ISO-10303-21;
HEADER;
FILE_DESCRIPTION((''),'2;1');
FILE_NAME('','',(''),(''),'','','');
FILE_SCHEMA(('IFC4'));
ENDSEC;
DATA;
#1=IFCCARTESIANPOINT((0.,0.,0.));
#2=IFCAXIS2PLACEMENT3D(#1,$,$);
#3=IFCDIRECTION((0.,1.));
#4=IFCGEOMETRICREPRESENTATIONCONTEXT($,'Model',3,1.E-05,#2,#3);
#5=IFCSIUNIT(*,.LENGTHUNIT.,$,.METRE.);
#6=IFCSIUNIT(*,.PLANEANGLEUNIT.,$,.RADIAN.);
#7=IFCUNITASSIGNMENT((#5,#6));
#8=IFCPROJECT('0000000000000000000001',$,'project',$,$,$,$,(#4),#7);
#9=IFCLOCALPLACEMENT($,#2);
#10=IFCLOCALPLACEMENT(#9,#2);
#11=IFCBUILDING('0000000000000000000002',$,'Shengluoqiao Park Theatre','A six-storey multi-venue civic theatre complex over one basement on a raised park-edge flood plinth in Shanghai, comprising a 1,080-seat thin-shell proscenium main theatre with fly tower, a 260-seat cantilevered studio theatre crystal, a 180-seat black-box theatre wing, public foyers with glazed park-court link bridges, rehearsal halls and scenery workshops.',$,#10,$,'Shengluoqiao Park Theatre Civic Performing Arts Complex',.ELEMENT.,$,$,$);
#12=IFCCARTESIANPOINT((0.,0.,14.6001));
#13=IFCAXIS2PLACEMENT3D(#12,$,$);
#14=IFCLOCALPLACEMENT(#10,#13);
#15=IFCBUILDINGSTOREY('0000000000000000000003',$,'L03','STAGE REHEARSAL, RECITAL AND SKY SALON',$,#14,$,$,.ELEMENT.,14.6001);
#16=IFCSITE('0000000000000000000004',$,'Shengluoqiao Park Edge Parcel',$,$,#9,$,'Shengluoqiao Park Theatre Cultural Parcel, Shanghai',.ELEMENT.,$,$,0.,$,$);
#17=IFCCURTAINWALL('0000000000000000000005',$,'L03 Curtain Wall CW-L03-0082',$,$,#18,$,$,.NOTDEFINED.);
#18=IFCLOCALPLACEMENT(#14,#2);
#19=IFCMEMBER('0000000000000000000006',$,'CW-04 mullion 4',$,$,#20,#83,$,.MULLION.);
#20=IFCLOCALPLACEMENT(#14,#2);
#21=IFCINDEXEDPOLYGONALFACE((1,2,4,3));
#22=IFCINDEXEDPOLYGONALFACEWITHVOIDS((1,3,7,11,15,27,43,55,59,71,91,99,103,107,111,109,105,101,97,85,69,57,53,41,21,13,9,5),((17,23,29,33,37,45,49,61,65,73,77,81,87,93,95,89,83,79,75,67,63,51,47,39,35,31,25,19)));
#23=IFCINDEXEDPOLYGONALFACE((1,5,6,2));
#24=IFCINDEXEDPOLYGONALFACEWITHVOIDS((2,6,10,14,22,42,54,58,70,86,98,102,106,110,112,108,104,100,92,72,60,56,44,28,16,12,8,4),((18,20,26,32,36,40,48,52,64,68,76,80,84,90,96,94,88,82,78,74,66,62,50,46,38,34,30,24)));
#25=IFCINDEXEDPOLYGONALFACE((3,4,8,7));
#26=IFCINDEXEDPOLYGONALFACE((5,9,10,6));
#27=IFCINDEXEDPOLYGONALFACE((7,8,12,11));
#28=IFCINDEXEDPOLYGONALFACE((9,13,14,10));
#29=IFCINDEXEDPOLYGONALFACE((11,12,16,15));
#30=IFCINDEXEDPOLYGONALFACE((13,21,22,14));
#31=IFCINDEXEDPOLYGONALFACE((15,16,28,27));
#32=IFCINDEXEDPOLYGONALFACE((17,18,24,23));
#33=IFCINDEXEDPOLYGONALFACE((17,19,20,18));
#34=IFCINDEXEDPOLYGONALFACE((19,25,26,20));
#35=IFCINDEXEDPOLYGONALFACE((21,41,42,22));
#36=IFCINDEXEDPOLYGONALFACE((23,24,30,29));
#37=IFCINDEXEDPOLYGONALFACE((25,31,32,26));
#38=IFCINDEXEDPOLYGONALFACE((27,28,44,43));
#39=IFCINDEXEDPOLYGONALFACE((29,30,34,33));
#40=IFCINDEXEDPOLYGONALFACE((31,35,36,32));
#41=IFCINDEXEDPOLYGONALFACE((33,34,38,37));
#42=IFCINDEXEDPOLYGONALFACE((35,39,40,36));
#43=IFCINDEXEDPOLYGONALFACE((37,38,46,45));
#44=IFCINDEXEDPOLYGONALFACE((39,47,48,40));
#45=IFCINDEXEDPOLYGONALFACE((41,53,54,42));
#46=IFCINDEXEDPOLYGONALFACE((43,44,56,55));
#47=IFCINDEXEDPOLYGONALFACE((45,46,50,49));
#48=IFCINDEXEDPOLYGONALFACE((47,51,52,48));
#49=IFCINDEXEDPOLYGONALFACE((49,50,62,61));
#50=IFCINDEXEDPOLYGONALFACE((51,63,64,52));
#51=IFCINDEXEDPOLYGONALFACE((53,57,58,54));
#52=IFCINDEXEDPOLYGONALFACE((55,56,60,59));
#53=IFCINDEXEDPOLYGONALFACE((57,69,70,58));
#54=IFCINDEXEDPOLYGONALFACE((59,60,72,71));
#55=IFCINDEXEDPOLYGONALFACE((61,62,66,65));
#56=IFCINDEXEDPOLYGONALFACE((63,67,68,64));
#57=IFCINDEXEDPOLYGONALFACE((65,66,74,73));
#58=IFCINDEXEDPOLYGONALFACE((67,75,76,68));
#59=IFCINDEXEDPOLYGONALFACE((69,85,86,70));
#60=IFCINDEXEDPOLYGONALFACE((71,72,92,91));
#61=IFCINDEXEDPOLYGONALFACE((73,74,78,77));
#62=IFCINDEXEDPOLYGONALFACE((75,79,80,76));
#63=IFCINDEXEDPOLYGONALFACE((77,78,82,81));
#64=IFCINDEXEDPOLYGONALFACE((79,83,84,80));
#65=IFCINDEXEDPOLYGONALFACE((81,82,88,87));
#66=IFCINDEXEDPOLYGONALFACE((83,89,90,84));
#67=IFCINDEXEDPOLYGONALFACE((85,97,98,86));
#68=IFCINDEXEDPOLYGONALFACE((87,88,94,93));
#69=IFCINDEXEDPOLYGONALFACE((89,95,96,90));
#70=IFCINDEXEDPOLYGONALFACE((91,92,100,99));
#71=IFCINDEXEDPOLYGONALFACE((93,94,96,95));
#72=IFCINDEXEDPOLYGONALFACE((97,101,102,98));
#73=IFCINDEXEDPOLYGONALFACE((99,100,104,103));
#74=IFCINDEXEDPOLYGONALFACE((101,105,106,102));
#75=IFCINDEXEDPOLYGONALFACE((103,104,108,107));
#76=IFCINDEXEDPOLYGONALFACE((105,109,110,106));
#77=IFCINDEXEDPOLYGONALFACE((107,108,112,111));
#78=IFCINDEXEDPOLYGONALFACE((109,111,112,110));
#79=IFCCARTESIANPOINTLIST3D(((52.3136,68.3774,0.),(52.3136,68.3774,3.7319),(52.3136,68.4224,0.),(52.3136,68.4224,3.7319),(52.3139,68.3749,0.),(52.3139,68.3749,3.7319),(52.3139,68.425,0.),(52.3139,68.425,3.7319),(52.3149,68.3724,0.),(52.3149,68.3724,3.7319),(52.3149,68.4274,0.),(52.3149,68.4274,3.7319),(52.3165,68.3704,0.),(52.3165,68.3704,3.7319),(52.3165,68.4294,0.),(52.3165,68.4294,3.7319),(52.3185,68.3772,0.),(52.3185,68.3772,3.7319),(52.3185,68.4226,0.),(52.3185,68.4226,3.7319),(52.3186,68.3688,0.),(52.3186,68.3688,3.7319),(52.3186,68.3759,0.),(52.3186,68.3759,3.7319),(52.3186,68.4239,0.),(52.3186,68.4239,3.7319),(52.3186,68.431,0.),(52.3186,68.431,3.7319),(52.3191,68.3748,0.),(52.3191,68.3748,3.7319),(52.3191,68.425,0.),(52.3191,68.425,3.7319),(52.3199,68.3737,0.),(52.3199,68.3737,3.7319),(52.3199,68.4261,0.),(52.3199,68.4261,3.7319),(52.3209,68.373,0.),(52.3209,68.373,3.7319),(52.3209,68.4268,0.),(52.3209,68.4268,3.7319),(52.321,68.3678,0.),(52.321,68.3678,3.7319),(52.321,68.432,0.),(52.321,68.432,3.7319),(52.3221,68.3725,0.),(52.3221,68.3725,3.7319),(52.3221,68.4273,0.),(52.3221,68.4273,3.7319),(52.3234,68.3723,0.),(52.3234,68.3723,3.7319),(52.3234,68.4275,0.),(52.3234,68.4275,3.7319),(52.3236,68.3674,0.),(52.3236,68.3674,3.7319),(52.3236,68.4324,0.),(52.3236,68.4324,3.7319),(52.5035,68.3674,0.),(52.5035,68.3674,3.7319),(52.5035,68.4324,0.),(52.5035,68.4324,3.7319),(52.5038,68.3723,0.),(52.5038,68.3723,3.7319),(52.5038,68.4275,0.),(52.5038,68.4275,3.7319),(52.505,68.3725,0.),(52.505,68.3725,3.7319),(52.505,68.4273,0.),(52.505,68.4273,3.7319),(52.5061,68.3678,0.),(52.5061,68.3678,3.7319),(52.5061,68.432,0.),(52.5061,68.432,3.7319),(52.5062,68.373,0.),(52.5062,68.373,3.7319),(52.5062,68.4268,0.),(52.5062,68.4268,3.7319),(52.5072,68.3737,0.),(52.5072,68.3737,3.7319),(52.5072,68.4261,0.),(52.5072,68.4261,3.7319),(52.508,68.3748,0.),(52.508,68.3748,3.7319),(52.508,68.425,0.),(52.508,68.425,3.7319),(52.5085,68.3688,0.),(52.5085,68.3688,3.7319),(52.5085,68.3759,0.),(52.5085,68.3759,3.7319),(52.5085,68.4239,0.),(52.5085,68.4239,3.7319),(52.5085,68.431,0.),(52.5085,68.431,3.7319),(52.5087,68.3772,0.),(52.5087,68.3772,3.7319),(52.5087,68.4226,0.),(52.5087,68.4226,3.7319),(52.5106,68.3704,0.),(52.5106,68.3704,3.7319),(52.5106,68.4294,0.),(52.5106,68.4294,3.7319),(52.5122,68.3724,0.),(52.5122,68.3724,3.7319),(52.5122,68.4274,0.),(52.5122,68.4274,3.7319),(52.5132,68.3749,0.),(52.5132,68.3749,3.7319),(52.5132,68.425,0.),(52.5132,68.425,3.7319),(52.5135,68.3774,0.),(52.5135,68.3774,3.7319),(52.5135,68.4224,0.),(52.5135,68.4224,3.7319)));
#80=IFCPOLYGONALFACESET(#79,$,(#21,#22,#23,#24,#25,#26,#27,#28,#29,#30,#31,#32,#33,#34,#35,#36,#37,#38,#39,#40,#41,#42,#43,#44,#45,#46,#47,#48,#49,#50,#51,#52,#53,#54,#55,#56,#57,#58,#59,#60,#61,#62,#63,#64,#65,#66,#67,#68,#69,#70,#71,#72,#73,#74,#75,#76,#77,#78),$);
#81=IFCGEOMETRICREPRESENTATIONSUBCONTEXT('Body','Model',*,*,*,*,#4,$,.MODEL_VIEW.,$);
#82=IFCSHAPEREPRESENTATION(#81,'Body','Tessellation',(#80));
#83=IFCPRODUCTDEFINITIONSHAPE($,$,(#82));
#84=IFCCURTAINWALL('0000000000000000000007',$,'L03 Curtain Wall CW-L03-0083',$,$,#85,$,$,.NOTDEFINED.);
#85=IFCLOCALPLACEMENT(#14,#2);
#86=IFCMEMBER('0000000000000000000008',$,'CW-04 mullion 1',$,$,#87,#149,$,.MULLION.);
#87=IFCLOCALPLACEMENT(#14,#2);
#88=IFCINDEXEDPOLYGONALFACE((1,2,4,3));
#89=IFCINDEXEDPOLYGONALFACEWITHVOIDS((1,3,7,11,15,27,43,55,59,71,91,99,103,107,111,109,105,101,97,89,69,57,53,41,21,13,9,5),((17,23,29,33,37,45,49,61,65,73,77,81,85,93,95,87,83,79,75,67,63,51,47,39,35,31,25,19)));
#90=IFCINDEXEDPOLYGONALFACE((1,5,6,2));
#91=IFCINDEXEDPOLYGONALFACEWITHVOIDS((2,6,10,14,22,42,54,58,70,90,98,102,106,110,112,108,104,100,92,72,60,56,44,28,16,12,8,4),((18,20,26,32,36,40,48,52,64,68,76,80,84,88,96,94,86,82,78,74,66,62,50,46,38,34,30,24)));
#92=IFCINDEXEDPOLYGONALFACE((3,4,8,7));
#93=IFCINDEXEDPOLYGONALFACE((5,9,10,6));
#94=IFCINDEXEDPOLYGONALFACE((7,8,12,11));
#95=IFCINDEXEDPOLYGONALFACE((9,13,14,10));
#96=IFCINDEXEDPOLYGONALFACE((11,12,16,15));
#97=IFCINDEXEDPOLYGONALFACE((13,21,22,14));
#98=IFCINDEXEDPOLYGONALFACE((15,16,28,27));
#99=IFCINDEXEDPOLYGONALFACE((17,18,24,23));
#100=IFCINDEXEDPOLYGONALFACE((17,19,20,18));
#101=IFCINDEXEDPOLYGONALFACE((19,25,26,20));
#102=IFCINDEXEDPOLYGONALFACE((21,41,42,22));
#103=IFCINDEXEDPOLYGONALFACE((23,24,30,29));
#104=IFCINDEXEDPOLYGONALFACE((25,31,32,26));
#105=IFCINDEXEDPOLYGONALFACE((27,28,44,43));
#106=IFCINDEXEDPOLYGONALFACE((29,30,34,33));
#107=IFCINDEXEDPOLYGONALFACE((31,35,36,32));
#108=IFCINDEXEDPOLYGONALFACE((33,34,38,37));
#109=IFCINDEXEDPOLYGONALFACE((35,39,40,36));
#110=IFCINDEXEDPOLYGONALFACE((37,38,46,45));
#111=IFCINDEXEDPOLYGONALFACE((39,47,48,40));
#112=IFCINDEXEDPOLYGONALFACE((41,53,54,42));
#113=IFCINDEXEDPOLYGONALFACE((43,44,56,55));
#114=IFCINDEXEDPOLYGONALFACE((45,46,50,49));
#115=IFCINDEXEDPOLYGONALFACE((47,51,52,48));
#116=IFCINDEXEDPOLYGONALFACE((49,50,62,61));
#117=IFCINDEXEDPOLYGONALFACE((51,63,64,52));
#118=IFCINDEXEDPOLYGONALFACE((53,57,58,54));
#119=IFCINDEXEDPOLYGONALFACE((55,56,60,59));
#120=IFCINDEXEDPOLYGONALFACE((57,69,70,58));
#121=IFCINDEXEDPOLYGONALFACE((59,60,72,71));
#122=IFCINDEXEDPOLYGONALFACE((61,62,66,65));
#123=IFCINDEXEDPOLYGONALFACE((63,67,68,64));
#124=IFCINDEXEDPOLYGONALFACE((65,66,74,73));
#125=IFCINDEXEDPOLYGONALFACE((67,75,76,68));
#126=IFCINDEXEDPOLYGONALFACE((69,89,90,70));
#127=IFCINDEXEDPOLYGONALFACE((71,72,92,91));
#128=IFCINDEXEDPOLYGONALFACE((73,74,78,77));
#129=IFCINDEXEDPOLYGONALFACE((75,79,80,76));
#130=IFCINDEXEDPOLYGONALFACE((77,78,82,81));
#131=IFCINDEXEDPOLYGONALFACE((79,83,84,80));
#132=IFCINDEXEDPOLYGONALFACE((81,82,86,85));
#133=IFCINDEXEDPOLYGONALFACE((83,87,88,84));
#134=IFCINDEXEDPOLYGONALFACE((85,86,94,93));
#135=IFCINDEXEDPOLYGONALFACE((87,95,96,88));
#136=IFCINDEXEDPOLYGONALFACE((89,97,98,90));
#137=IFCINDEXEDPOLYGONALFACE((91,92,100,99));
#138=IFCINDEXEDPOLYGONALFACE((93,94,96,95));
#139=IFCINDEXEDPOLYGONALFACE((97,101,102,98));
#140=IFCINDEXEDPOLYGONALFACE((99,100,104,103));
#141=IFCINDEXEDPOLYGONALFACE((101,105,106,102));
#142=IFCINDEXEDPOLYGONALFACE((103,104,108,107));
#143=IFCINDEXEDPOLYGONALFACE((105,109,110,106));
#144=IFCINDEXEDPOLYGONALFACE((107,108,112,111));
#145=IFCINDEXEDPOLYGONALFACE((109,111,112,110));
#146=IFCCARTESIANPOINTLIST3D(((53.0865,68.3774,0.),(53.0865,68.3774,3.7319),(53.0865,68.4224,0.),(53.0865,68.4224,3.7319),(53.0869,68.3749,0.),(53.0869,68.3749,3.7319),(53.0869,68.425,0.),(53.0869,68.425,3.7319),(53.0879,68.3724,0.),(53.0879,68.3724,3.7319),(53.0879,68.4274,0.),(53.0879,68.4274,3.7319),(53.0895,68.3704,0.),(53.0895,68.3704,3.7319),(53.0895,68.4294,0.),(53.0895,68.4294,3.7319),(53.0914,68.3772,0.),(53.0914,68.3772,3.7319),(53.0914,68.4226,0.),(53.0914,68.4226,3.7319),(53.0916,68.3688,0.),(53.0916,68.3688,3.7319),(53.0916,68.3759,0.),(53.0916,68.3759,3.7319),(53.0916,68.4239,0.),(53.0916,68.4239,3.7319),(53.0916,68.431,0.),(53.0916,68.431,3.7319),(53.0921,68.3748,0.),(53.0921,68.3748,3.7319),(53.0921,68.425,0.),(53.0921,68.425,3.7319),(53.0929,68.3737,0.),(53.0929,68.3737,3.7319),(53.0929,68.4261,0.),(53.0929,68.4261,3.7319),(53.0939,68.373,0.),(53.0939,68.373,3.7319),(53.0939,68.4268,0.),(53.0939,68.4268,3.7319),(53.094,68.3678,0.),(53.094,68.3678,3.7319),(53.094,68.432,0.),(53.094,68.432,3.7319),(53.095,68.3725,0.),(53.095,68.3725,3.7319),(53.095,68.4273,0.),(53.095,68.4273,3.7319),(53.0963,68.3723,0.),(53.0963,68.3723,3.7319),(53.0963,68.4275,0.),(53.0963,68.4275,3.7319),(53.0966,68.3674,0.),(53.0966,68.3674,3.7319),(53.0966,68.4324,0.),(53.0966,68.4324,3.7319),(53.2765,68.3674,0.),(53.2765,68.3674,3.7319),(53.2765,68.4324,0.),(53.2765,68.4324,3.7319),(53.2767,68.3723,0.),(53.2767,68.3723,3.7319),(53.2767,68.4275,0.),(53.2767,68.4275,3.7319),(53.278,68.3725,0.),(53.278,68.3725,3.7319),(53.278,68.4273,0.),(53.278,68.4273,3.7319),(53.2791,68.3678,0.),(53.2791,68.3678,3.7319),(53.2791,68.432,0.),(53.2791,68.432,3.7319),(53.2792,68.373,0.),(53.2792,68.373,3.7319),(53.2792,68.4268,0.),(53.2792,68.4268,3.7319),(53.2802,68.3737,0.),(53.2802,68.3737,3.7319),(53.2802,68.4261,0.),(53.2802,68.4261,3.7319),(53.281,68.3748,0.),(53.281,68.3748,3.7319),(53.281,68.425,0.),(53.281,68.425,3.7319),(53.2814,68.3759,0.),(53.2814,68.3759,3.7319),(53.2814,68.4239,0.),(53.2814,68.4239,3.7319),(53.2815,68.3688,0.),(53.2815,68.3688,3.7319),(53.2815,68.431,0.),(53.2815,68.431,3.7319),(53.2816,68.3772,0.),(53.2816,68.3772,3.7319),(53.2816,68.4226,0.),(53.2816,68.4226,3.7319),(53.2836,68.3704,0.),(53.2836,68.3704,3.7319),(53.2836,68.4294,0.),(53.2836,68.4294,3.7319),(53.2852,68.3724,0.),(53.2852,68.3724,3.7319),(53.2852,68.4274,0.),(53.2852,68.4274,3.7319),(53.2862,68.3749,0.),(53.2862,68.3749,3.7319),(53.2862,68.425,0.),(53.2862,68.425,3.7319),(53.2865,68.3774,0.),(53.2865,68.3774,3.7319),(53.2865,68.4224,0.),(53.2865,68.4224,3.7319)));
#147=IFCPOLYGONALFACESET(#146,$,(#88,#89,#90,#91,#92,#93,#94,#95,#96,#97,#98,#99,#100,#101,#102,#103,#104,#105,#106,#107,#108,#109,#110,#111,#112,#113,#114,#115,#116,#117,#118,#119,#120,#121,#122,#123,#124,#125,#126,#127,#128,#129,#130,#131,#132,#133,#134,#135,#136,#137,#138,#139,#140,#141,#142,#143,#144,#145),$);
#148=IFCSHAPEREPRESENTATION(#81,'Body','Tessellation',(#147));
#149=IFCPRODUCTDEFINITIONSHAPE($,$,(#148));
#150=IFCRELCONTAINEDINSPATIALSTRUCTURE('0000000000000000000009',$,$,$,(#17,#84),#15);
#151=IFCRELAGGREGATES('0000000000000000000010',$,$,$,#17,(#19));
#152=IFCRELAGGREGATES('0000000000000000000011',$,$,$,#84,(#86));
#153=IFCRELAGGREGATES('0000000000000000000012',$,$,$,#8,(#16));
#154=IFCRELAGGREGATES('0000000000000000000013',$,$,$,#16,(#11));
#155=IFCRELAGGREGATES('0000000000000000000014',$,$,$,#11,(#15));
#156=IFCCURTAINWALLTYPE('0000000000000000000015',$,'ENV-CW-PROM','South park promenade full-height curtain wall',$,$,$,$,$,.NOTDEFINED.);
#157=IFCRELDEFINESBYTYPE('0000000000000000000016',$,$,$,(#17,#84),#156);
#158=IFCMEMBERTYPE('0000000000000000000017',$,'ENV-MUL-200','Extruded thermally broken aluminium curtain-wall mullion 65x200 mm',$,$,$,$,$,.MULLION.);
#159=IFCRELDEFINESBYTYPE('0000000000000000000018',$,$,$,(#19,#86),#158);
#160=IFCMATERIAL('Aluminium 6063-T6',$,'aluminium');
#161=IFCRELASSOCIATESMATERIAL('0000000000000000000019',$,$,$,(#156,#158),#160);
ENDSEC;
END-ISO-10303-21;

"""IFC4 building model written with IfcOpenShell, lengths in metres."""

from ifc_helpers import new_model, si_unit, direction, frame, origin, origin_2d, place, context, subcontext, project, spatial, hollow_rectangle, extrude, material, material_profile, profile_set, type_object, element, aggregate, save


model = new_model("IFC4")

# Units and contexts
model_context = context("Model", 3, precision=1e-05, world=origin(), true_north=direction((0.0, 1.0)))
body_context = subcontext(model_context, "Body", "Model", "MODEL_VIEW")
ifc_project = project(units=[si_unit("LENGTHUNIT", "METRE"), si_unit("PLANEANGLEUNIT", "RADIAN")], contexts=[model_context])

# Site, building, storey
site_placement = place(None, origin())
site = spatial("IfcSite", under=ifc_project, at=site_placement, Name="Shengluoqiao Park Edge Parcel", LongName="Shengluoqiao Park Theatre Cultural Parcel, Shanghai", CompositionType="ELEMENT", RefElevation=0.0)
building_placement = place(site_placement, origin())
building = spatial("IfcBuilding", under=site, at=building_placement, Name="Shengluoqiao Park Theatre", Description="A six-storey multi-venue civic theatre complex over one basement on a raised park-edge flood plinth in Shanghai, comprising a 1,080-seat thin-shell proscenium main theatre with fly tower, a 260-seat cantilevered studio theatre crystal, a 180-seat black-box theatre wing, public foyers with glazed park-court link bridges, rehearsal halls and scenery workshops.", LongName="Shengluoqiao Park Theatre Civic Performing Arts Complex", CompositionType="ELEMENT")
storey_placement = place(building_placement, frame((0.0, 0.0, 14.6001)))
storey = spatial("IfcBuildingStorey", under=building, at=storey_placement, Name="L03", Description="STAGE REHEARSAL, RECITAL AND SKY SALON", CompositionType="ELEMENT", Elevation=14.6001)

# Curtain walls, members
ifc_material_1 = material(Name="Aluminium 6063-T6", Category="aluminium")
curtain_wall_type = type_object("IfcCurtainWallType", Name="ENV-CW-PROM", Description="South park promenade full-height curtain wall", PredefinedType="NOTDEFINED", material=ifc_material_1)
curtain_wall_1_placement = place(storey_placement, origin())
curtain_wall_1 = element("IfcCurtainWall", 1, at=curtain_wall_1_placement, inside=storey, type_object=curtain_wall_type, Name="L03 Curtain Wall CW-L03-0082", PredefinedType="NOTDEFINED")
ifc_material_profile_1 = material_profile(ifc_material_1, hollow_rectangle(XDim=0.0649, YDim=0.2, WallThickness=0.0049, InnerFilletRadius=0.0049, OuterFilletRadius=0.01, at=origin_2d()), Name="ALU MULLION 200x65x5")
ifc_profile_set_1 = profile_set([ifc_material_profile_1], Name="Aluminium 6063-T6")
member_type_1 = type_object("IfcMemberType", Name="ENV-MUL-200", Description="Extruded thermally broken aluminium curtain-wall mullion 65x200 mm", PredefinedType="MULLION", material=ifc_profile_set_1)
member_1_placement = place(storey_placement, frame((52.4136, 68.3999, 0.0), z_axis=(0.0, 0.0, 1.0), x_axis=(0.0, 1.0, 0.0)))
member_1 = element("IfcMember", 2, at=member_1_placement, type_object=member_type_1, Name="CW-04 mullion 4", PredefinedType="MULLION", context=body_context, shape_type="SweptSolid", body=[
    extrude(hollow_rectangle(XDim=0.0649, YDim=0.2, WallThickness=0.0049, InnerFilletRadius=0.0049, OuterFilletRadius=0.01, at=origin_2d()), origin(), (0.0, 0.0, 1.0), 3.7319),
])
curtain_wall_2_placement = place(storey_placement, origin())
curtain_wall_2 = element("IfcCurtainWall", 3, at=curtain_wall_2_placement, inside=storey, type_object=curtain_wall_type, Name="L03 Curtain Wall CW-L03-0083", PredefinedType="NOTDEFINED")
member_2_placement = place(storey_placement, frame((53.1865, 68.3999, 0.0), z_axis=(0.0, 0.0, 1.0), x_axis=(0.0, 1.0, 0.0)))
member_2 = element("IfcMember", 4, at=member_2_placement, type_object=member_type_1, Name="CW-04 mullion 1", PredefinedType="MULLION", context=body_context, shape_type="SweptSolid", body=[
    extrude(hollow_rectangle(XDim=0.0649, YDim=0.2, WallThickness=0.0049, InnerFilletRadius=0.0049, OuterFilletRadius=0.01, at=origin_2d()), origin(), (0.0, 0.0, 1.0), 3.7319),
])

aggregate(curtain_wall_1, [member_1])
aggregate(curtain_wall_2, [member_2])

save(model, "model.ifc")
